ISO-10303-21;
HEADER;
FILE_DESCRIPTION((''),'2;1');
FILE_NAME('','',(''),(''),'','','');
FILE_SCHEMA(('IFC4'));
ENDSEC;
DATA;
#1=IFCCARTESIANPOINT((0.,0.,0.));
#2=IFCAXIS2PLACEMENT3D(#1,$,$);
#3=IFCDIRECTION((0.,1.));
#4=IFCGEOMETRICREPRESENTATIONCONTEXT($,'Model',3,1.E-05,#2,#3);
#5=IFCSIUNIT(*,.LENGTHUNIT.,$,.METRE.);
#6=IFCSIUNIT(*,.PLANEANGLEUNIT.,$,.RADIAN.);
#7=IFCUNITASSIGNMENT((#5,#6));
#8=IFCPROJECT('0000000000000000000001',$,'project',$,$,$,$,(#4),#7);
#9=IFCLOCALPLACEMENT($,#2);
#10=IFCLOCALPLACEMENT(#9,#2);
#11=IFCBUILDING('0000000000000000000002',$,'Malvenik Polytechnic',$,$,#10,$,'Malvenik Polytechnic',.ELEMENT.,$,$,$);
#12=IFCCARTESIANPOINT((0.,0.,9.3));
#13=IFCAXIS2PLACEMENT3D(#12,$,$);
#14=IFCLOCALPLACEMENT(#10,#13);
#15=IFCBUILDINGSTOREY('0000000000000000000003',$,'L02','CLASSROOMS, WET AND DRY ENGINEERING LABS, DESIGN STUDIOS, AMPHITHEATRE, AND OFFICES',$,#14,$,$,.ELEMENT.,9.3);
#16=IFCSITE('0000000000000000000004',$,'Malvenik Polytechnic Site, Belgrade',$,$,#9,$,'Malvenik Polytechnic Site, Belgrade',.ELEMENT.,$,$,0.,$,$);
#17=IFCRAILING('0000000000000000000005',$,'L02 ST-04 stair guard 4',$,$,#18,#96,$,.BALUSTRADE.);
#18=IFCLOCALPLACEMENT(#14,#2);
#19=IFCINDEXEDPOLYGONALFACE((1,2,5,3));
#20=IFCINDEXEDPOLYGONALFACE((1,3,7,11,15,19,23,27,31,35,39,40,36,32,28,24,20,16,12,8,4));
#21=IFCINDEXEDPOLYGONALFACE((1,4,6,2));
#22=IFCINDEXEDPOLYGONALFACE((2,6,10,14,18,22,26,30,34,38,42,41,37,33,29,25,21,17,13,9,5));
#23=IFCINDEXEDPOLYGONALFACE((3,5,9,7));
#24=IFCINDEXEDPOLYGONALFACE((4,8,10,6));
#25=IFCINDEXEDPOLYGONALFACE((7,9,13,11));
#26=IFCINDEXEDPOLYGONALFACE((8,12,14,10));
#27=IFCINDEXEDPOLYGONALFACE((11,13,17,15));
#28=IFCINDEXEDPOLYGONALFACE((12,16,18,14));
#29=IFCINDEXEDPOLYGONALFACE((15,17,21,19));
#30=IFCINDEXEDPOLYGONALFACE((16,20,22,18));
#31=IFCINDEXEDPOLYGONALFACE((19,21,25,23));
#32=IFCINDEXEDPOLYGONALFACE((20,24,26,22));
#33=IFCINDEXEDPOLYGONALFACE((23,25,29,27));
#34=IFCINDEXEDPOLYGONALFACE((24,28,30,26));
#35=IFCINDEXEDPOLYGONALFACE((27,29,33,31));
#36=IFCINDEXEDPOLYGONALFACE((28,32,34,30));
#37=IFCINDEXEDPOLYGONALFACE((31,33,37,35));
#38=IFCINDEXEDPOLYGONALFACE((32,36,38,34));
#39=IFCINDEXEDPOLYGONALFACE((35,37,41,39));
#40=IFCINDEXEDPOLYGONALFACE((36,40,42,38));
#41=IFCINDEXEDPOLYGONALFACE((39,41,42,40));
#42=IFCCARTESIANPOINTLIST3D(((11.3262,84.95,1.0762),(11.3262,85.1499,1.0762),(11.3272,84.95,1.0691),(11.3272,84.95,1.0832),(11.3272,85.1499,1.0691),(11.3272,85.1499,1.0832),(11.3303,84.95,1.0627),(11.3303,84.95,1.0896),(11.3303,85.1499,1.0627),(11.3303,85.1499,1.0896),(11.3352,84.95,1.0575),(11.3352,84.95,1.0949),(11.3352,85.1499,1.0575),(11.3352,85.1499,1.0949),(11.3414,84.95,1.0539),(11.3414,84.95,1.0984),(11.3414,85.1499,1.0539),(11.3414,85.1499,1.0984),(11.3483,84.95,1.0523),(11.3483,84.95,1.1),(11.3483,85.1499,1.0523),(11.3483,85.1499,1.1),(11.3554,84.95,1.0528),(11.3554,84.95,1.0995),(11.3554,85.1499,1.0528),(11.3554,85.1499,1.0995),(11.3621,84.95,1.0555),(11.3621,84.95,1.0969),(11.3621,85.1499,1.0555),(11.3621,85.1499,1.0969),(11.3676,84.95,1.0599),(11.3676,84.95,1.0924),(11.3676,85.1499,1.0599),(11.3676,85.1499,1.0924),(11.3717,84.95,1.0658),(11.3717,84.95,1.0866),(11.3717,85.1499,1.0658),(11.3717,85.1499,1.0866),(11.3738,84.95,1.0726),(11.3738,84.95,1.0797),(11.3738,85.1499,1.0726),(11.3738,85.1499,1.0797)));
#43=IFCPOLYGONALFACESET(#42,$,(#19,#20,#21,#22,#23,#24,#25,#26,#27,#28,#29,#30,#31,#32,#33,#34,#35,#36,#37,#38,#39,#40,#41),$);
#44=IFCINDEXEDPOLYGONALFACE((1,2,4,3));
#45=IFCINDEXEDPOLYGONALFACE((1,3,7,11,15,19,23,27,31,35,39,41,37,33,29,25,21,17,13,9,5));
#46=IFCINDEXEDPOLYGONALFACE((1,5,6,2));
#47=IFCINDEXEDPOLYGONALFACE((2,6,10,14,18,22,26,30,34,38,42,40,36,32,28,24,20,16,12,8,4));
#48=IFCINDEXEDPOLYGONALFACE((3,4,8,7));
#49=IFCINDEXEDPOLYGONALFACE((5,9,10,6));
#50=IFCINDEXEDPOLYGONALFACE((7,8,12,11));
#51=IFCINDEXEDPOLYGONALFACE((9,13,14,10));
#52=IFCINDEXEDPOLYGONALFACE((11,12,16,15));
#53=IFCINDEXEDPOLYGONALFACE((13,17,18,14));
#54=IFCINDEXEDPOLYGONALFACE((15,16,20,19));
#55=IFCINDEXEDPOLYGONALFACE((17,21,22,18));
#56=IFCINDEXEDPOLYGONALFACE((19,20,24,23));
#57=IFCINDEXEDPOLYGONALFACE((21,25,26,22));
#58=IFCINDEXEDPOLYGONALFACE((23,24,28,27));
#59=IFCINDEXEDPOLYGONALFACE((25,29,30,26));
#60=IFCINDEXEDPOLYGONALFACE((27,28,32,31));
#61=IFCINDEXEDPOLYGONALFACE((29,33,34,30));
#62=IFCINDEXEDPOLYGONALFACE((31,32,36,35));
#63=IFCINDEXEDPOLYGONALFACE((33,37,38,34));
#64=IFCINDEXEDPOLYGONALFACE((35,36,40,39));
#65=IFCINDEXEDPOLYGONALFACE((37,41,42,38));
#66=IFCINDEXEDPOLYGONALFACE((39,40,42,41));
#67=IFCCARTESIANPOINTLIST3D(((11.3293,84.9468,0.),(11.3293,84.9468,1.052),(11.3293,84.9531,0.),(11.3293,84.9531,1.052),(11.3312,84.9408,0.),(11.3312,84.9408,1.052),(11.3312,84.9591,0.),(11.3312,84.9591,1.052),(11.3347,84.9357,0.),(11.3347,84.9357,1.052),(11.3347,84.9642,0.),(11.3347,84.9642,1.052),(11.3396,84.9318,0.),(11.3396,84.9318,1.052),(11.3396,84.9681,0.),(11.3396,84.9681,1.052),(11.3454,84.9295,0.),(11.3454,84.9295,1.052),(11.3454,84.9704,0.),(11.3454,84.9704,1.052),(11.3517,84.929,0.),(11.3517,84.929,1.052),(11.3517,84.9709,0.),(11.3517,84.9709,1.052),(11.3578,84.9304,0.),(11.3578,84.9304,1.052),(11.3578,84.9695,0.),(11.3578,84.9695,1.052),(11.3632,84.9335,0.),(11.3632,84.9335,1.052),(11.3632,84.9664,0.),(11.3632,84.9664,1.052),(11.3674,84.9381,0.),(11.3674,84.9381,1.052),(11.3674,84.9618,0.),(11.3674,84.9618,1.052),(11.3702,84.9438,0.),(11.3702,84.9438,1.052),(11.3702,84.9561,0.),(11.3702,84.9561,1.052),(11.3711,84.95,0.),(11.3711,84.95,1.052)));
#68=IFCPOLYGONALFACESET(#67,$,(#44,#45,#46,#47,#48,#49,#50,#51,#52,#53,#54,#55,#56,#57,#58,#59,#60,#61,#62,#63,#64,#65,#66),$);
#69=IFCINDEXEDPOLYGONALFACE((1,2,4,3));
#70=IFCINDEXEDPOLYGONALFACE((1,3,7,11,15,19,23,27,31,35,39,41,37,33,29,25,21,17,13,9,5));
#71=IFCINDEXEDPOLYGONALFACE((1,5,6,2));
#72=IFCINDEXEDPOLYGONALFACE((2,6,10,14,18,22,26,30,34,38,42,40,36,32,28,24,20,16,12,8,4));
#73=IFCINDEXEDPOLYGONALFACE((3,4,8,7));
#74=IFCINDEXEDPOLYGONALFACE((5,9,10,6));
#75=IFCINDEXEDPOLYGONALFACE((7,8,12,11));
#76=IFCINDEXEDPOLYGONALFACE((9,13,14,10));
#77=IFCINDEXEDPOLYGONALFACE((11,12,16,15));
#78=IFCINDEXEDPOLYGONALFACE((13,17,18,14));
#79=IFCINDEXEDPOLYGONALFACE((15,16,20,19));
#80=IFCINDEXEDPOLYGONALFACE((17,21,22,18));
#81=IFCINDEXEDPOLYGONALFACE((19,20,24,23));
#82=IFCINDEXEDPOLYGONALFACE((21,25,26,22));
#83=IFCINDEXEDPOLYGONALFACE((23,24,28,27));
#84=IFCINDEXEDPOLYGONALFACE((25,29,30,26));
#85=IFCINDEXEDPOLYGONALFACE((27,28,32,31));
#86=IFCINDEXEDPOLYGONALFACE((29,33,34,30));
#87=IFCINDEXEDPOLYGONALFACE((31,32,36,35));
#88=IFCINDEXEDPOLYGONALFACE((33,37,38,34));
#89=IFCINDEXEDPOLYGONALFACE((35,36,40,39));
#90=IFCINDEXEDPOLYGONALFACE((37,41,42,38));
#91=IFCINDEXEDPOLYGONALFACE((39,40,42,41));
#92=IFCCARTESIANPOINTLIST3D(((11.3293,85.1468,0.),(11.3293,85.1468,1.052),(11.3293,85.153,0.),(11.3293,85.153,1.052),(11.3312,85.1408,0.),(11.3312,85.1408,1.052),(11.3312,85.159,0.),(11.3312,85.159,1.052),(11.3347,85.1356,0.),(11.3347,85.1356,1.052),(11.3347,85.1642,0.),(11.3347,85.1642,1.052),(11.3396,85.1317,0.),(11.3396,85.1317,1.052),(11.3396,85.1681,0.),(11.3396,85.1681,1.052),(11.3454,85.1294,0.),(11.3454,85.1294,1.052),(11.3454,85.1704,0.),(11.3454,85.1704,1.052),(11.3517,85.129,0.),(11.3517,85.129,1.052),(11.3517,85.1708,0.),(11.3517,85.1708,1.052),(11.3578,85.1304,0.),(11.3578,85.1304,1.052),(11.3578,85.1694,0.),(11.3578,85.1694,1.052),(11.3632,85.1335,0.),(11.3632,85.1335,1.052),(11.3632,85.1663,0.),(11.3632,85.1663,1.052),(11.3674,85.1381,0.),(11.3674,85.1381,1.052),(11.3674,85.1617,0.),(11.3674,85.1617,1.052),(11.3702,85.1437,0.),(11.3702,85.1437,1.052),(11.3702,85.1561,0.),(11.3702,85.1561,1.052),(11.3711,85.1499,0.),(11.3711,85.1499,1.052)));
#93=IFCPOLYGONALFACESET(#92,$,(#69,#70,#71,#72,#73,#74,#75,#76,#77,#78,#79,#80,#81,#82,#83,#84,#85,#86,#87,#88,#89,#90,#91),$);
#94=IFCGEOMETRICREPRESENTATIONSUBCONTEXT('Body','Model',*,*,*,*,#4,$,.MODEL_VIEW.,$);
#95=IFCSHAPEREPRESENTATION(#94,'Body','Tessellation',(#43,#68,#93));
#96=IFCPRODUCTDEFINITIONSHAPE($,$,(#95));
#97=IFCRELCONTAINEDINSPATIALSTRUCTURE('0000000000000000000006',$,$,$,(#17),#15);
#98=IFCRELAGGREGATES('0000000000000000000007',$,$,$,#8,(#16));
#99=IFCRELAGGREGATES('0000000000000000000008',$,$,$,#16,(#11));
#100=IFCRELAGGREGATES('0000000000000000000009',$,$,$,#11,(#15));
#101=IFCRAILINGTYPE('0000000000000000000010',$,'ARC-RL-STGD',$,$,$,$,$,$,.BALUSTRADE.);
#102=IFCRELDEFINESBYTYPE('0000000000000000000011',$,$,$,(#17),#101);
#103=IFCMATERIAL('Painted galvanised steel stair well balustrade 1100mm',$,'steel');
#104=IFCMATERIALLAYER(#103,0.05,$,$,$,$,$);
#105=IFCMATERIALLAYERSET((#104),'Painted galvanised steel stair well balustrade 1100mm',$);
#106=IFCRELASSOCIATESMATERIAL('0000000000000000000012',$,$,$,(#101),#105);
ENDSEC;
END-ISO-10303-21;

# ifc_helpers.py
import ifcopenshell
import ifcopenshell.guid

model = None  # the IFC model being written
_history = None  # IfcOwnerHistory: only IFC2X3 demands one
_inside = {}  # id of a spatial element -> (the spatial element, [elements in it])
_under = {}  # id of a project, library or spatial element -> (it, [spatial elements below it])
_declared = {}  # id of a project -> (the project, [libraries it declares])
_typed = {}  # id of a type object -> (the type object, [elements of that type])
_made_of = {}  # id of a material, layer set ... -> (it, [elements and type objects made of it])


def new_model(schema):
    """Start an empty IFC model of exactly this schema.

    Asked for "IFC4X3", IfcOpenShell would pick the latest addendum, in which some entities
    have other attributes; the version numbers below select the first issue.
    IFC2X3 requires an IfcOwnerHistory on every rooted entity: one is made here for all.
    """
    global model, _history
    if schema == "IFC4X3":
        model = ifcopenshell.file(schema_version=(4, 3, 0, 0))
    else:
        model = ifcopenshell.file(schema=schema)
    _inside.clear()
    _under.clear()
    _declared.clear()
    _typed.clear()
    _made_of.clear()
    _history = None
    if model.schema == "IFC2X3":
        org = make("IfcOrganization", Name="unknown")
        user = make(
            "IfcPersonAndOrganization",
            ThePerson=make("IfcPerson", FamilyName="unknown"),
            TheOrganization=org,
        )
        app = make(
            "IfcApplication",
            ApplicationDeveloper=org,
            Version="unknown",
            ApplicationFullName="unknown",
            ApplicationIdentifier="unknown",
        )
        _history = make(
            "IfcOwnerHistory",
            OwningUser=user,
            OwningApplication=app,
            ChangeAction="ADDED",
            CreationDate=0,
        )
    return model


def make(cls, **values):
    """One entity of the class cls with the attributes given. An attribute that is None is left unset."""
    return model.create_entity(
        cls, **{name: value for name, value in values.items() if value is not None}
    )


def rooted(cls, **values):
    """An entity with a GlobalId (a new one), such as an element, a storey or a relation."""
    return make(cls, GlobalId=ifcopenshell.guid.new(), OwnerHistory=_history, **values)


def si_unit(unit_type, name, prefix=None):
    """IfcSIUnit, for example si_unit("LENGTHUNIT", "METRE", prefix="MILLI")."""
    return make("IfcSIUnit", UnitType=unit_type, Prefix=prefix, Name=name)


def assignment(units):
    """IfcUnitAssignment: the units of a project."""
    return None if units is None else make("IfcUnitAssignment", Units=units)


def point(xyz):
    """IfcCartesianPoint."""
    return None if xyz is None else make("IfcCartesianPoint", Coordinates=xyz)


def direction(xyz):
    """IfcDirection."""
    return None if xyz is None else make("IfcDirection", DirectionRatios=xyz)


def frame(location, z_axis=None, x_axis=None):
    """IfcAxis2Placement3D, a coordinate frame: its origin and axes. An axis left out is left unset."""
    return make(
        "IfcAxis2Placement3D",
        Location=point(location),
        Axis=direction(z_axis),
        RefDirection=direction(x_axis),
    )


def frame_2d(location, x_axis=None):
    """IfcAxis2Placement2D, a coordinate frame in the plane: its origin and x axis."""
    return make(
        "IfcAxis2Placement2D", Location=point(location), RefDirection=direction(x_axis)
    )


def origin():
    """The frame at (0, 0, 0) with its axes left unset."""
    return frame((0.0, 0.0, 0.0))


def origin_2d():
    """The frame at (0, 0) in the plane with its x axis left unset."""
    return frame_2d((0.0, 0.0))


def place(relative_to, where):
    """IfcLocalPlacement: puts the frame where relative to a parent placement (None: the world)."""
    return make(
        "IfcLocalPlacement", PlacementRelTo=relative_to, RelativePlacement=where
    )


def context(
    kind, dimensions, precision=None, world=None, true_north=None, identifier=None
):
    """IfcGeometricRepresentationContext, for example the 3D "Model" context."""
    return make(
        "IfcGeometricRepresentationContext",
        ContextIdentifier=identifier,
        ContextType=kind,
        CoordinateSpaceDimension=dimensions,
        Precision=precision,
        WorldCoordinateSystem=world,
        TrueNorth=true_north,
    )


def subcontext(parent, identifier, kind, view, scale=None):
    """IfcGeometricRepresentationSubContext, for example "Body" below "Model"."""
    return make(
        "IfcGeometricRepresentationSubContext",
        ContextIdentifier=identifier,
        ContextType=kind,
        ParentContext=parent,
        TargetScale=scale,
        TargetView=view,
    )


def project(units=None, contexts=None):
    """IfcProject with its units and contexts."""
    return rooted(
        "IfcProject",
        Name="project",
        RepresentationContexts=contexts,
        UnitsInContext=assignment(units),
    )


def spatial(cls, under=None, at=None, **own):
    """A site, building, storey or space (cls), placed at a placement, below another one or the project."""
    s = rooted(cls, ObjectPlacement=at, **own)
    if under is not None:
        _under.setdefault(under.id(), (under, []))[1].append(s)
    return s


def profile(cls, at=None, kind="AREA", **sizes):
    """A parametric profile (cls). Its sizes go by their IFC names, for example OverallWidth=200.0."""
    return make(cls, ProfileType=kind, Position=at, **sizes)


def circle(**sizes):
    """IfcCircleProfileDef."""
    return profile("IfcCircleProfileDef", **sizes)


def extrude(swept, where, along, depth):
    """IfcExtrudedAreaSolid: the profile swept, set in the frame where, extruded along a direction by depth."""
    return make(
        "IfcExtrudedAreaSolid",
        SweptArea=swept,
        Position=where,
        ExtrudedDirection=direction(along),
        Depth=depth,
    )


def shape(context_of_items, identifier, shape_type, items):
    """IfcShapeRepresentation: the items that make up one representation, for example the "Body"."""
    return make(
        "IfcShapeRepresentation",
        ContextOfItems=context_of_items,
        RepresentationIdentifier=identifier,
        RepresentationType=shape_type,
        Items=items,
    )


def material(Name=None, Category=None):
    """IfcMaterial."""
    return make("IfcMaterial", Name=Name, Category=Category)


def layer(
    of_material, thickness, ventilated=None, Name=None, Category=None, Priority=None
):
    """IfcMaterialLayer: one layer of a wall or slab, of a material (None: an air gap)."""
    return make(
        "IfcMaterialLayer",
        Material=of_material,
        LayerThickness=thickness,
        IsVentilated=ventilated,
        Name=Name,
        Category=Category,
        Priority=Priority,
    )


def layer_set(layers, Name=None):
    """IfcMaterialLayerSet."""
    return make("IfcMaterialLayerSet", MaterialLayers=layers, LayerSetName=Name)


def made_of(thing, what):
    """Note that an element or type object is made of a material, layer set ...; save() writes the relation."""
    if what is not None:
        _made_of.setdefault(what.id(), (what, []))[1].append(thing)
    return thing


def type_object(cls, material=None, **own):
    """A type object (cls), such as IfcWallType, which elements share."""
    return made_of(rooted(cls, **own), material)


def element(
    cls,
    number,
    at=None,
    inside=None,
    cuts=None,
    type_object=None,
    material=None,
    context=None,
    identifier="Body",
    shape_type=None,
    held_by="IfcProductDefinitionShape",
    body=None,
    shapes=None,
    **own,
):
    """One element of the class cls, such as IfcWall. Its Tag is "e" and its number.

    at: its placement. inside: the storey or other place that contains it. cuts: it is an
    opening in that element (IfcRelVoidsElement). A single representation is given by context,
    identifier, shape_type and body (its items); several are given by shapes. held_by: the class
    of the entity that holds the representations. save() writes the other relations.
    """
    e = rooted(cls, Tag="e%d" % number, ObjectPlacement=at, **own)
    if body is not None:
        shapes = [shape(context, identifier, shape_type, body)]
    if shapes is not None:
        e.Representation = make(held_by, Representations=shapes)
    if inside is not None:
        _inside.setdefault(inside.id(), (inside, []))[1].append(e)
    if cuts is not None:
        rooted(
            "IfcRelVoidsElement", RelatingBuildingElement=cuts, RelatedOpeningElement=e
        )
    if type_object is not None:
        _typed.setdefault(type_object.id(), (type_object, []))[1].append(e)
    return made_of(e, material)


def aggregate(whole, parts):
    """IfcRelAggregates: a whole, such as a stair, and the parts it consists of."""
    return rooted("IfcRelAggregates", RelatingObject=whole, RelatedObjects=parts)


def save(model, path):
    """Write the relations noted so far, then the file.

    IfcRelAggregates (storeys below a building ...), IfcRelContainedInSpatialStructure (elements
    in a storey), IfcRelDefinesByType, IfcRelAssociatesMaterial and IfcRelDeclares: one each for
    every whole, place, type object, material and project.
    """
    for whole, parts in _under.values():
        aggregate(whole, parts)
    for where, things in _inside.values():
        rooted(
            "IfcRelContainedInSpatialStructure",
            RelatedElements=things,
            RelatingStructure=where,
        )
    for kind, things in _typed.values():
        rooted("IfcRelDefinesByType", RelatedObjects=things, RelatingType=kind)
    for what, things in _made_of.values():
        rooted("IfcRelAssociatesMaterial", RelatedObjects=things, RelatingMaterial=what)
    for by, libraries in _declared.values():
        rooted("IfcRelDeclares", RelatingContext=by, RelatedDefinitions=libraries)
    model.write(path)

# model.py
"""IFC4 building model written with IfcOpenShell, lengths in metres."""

from ifc_helpers import new_model, si_unit, direction, frame, origin, origin_2d, place, context, subcontext, project, spatial, circle, extrude, material, layer, layer_set, type_object, element, save


model = new_model("IFC4")

# Units and contexts
model_context = context("Model", 3, precision=1e-05, world=origin(), true_north=direction((0.0, 1.0)))
body_context = subcontext(model_context, "Body", "Model", "MODEL_VIEW")
ifc_project = project(units=[si_unit("LENGTHUNIT", "METRE"), si_unit("PLANEANGLEUNIT", "RADIAN")], contexts=[model_context])

# Site, building, storey
site_placement = place(None, origin())
site = spatial("IfcSite", under=ifc_project, at=site_placement, Name="Malvenik Polytechnic Site, Belgrade", LongName="Malvenik Polytechnic Site, Belgrade", CompositionType="ELEMENT", RefElevation=0.0)
building_placement = place(site_placement, origin())
building = spatial("IfcBuilding", under=site, at=building_placement, Name="Malvenik Polytechnic", LongName="Malvenik Polytechnic", CompositionType="ELEMENT")
storey_placement = place(building_placement, frame((0.0, 0.0, 9.3)))
storey = spatial("IfcBuildingStorey", under=building, at=storey_placement, Name="L02", Description="CLASSROOMS, WET AND DRY ENGINEERING LABS, DESIGN STUDIOS, AMPHITHEATRE, AND OFFICES", CompositionType="ELEMENT", Elevation=9.3)

# Railing
ifc_material_1 = material(Name="Painted galvanised steel stair well balustrade 1100mm", Category="steel")
ifc_layer_1 = layer(ifc_material_1, 0.05)
ifc_layer_set_1 = layer_set([ifc_layer_1], Name="Painted galvanised steel stair well balustrade 1100mm")
railing_type_1 = type_object("IfcRailingType", Name="ARC-RL-STGD", PredefinedType="BALUSTRADE", material=ifc_layer_set_1)
railing_1_placement = place(storey_placement, frame((11.3501, 84.95, 0.0)))
element("IfcRailing", 1, at=railing_1_placement, inside=storey, type_object=railing_type_1, Name="L02 ST-04 stair guard 4", PredefinedType="BALUSTRADE", context=body_context, shape_type="SweptSolid", body=[
    extrude(circle(Radius=0.0239, at=origin_2d()), frame((0.0, 0.0, 1.0762), z_axis=(0.0, 1.0, 0.0), x_axis=(-1.0, 0.0, 0.0)), (0.0, 0.0, 1.0), 0.2),
    extrude(circle(Radius=0.021, at=origin_2d()), origin(), (0.0, 0.0, 1.0), 1.052),
    extrude(circle(Radius=0.021, at=origin_2d()), frame((0.0, 0.2, 0.0)), (0.0, 0.0, 1.0), 1.052),
])

save(model, "model.ifc")
